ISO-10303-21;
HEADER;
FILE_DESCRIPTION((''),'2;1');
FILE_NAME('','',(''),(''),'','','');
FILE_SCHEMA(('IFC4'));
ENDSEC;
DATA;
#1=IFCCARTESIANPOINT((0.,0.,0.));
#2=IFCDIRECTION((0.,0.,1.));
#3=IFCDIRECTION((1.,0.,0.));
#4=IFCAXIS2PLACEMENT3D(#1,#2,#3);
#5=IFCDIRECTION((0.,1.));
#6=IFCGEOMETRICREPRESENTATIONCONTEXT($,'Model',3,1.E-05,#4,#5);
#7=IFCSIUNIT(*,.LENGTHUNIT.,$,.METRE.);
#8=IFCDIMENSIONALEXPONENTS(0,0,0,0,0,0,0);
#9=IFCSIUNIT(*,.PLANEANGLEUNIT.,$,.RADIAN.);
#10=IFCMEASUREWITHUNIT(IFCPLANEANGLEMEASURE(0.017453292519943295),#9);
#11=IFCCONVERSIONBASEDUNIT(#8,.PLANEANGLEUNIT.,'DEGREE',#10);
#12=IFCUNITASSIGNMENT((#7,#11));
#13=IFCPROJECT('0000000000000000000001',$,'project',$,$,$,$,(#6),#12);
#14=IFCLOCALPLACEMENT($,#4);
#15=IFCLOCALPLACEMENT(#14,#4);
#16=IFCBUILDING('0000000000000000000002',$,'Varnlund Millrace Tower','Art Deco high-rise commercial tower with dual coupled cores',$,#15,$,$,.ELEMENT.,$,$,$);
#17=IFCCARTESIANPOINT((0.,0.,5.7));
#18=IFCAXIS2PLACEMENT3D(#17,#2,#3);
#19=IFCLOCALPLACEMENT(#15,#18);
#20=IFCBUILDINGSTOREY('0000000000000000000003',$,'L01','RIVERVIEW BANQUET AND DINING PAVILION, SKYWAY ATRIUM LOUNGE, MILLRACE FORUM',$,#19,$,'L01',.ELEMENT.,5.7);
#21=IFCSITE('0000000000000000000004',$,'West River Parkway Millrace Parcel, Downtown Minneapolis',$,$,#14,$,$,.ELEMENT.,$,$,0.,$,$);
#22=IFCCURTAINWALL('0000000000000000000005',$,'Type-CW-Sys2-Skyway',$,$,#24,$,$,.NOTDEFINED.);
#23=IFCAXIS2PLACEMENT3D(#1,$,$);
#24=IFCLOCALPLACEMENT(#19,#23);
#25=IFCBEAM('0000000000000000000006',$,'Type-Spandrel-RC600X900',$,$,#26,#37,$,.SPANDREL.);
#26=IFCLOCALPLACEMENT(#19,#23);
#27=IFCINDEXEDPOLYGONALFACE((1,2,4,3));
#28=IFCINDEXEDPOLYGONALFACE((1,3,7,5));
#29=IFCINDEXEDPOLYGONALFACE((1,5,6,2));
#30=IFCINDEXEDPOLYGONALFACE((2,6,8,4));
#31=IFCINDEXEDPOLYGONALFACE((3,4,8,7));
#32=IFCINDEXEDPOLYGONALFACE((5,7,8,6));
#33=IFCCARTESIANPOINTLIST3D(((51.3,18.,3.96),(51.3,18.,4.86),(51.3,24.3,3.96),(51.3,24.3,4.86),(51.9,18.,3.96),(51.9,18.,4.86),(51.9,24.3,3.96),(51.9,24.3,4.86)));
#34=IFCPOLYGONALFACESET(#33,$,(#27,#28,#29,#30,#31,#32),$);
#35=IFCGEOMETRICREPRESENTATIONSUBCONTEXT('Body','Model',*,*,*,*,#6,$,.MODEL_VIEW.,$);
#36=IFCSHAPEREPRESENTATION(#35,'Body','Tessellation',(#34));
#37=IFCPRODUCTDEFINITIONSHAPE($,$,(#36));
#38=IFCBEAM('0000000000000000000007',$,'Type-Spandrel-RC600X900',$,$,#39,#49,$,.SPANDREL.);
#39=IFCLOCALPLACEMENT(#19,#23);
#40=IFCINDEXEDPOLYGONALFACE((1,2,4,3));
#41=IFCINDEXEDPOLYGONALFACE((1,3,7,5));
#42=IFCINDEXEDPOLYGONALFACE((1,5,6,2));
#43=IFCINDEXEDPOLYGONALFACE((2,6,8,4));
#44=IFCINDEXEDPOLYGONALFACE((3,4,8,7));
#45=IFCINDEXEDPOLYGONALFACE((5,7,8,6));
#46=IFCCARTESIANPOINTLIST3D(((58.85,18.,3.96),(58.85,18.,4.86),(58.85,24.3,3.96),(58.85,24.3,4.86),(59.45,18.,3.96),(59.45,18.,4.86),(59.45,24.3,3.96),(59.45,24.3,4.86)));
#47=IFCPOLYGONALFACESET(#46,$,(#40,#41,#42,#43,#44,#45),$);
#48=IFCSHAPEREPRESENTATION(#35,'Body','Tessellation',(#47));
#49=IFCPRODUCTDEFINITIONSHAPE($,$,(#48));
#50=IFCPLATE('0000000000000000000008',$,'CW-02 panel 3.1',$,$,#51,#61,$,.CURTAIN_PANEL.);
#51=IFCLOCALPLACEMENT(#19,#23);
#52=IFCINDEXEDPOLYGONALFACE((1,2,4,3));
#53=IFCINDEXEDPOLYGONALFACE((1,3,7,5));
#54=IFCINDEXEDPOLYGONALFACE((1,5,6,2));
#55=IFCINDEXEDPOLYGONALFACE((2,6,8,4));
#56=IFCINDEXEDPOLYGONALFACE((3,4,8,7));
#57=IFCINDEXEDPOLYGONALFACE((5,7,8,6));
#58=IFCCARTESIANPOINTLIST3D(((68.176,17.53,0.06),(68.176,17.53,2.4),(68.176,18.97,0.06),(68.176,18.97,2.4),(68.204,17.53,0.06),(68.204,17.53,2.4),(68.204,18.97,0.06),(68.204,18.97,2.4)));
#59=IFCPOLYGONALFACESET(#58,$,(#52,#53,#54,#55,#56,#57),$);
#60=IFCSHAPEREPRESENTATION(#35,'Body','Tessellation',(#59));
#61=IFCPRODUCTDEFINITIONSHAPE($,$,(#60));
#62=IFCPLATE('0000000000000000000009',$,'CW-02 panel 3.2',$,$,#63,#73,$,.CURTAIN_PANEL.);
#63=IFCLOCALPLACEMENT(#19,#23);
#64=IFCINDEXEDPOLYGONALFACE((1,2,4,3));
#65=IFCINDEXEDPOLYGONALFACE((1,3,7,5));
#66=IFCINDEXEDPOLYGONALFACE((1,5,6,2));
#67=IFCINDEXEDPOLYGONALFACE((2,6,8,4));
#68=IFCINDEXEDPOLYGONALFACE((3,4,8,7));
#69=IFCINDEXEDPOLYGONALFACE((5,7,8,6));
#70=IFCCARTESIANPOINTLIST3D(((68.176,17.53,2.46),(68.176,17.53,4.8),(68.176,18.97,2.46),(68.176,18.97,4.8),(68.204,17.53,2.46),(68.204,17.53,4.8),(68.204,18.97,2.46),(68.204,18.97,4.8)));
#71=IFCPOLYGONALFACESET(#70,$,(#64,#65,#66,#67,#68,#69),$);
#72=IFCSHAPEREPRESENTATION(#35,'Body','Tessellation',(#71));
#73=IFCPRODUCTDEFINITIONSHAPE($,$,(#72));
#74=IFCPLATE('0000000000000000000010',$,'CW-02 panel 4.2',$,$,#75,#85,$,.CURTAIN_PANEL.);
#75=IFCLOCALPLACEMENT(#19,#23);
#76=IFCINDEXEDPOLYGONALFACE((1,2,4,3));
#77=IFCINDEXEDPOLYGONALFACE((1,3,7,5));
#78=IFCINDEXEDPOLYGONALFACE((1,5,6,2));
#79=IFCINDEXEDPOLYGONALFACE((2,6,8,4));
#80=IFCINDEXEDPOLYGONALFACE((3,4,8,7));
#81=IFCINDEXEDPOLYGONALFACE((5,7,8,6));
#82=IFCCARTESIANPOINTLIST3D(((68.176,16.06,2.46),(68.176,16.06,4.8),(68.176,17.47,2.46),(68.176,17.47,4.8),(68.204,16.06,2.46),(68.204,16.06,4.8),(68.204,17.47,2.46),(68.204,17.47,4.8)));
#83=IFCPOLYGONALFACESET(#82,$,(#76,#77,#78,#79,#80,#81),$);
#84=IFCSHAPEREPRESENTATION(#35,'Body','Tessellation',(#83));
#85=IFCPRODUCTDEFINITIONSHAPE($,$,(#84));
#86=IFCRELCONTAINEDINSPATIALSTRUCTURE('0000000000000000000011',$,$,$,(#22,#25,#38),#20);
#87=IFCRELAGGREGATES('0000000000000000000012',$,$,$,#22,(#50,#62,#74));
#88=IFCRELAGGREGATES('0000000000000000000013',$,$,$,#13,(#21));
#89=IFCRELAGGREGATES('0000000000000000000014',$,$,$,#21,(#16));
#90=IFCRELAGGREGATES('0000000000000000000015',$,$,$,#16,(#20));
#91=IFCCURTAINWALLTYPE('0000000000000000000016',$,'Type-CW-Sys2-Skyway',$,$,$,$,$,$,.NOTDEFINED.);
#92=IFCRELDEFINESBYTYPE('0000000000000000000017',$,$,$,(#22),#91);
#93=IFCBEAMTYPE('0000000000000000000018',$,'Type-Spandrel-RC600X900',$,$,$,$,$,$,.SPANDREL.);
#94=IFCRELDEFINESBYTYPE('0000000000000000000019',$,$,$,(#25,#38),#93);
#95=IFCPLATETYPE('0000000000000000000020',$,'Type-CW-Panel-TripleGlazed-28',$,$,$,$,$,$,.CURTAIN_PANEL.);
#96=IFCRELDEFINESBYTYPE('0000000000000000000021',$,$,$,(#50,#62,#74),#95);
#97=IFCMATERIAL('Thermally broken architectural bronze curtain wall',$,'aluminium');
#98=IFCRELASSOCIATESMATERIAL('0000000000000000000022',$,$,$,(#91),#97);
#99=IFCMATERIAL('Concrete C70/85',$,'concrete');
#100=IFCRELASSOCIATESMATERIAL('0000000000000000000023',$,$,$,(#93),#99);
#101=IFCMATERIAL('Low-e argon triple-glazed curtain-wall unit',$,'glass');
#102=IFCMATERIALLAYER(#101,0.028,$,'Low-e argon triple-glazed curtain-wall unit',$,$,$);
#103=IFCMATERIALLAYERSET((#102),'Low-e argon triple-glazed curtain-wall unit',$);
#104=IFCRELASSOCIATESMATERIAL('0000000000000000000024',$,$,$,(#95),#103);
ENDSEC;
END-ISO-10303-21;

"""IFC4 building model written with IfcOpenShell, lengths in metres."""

from ifc_helpers import new_model, entity, si_unit, converted_unit, direction, frame, origin_with_axes, origin_2d_with_axis, place, context, subcontext, project, spatial, rectangle, extrude, material, layer, layer_set, material_profile, profile_set, type_object, element, aggregate, save


model = new_model("IFC4")

# Units and contexts
model_context = context("Model", 3, precision=1e-05, world=origin_with_axes(), true_north=direction((0.0, 1.0)))
body_context = subcontext(model_context, "Body", "Model", "MODEL_VIEW")
ifc_project = project(units=[si_unit("LENGTHUNIT", "METRE"), converted_unit("PLANEANGLEUNIT", "DEGREE", entity("IfcPlaneAngleMeasure", 0.017453292519943295), si_unit("PLANEANGLEUNIT", "RADIAN"), dimensions=[0, 0, 0, 0, 0, 0, 0])], contexts=[model_context])

# Site, building, storey
site_placement = place(None, origin_with_axes())
site = spatial("IfcSite", under=ifc_project, at=site_placement, Name="West River Parkway Millrace Parcel, Downtown Minneapolis", CompositionType="ELEMENT", RefElevation=0.0)
building_placement = place(site_placement, origin_with_axes())
building = spatial("IfcBuilding", under=site, at=building_placement, Name="Varnlund Millrace Tower", Description="Art Deco high-rise commercial tower with dual coupled cores", CompositionType="ELEMENT")
storey_placement = place(building_placement, frame((0.0, 0.0, 5.7), z_axis=(0.0, 0.0, 1.0), x_axis=(1.0, 0.0, 0.0)))
storey = spatial("IfcBuildingStorey", under=building, at=storey_placement, Name="L01", Description="RIVERVIEW BANQUET AND DINING PAVILION, SKYWAY ATRIUM LOUNGE, MILLRACE FORUM", LongName="L01", CompositionType="ELEMENT", Elevation=5.7)

# Curtain wall
ifc_material_1 = material(Name="Thermally broken architectural bronze curtain wall", Category="aluminium")
curtain_wall_type = type_object("IfcCurtainWallType", Name="Type-CW-Sys2-Skyway", PredefinedType="NOTDEFINED", material=ifc_material_1)
curtain_wall_placement = place(storey_placement, frame((68.19, 22.0, 0.0), z_axis=(0.0, 0.0, 1.0), x_axis=(1.0, 0.0, 0.0)))
curtain_wall = element("IfcCurtainWall", 1, at=curtain_wall_placement, inside=storey, type_object=curtain_wall_type, Name="Type-CW-Sys2-Skyway", PredefinedType="NOTDEFINED")

# Beams
ifc_material_2 = material(Name="Concrete C70/85", Category="concrete")
ifc_material_profile_1 = material_profile(ifc_material_2, rectangle(XDim=0.6, YDim=0.9, at=origin_2d_with_axis()), Name="Concrete C70/85")
ifc_profile_set_1 = profile_set([ifc_material_profile_1], Name="Concrete C70/85")
beam_type_1 = type_object("IfcBeamType", Name="Type-Spandrel-RC600X900", PredefinedType="SPANDREL", material=ifc_profile_set_1)
for number, where, z_axis, x_axis, name in (
    (2, (51.6, 18.0, 4.41), (0.0, 1.0, 0.0), (-1.0, 0.0, 0.0), "Type-Spandrel-RC600X900"),
    (3, (59.15, 18.0, 4.41), (0.0, 1.0, 0.0), (-1.0, 0.0, 0.0), "Type-Spandrel-RC600X900"),
):
    element("IfcBeam", number, at=place(storey_placement, frame(where, z_axis=z_axis, x_axis=x_axis)), inside=storey, type_object=beam_type_1, Name=name, PredefinedType="SPANDREL", context=body_context, shape_type="SweptSolid", body=[
        extrude(rectangle(XDim=0.6, YDim=0.9, at=origin_2d_with_axis()), origin_with_axes(), (0.0, 0.0, 1.0), 6.3),
    ])

# Plates
ifc_material_3 = material(Name="Low-e argon triple-glazed curtain-wall unit", Category="glass")
ifc_layer = layer(ifc_material_3, 0.028, Name="Low-e argon triple-glazed curtain-wall unit")
ifc_layer_set = layer_set([ifc_layer], Name="Low-e argon triple-glazed curtain-wall unit")
plate_type = type_object("IfcPlateType", Name="Type-CW-Panel-TripleGlazed-28", PredefinedType="CURTAIN_PANEL", material=ifc_layer_set)
plate_1_placement = place(storey_placement, frame((68.19, 18.25, 0.06), z_axis=(0.0, 0.0, 1.0), x_axis=(0.0, -1.0, 0.0)))
plate_1 = element("IfcPlate", 4, at=plate_1_placement, type_object=plate_type, Name="CW-02 panel 3.1", PredefinedType="CURTAIN_PANEL", context=body_context, shape_type="SweptSolid", body=[
    extrude(rectangle(XDim=1.44, YDim=0.028, at=origin_2d_with_axis()), origin_with_axes(), (0.0, 0.0, 1.0), 2.34),
])
plate_2_placement = place(storey_placement, frame((68.19, 18.25, 2.46), z_axis=(0.0, 0.0, 1.0), x_axis=(0.0, -1.0, 0.0)))
plate_2 = element("IfcPlate", 5, at=plate_2_placement, type_object=plate_type, Name="CW-02 panel 3.2", PredefinedType="CURTAIN_PANEL", context=body_context, shape_type="SweptSolid", body=[
    extrude(rectangle(XDim=1.44, YDim=0.028, at=origin_2d_with_axis()), origin_with_axes(), (0.0, 0.0, 1.0), 2.34),
])
plate_3_placement = place(storey_placement, frame((68.19, 16.765, 2.46), z_axis=(0.0, 0.0, 1.0), x_axis=(0.0, -1.0, 0.0)))
plate_3 = element("IfcPlate", 6, at=plate_3_placement, type_object=plate_type, Name="CW-02 panel 4.2", PredefinedType="CURTAIN_PANEL", context=body_context, shape_type="SweptSolid", body=[
    extrude(rectangle(XDim=1.41, YDim=0.028, at=origin_2d_with_axis()), origin_with_axes(), (0.0, 0.0, 1.0), 2.34),
])
aggregate(curtain_wall, [plate_1, plate_2, plate_3])

save(model, "model.ifc")
